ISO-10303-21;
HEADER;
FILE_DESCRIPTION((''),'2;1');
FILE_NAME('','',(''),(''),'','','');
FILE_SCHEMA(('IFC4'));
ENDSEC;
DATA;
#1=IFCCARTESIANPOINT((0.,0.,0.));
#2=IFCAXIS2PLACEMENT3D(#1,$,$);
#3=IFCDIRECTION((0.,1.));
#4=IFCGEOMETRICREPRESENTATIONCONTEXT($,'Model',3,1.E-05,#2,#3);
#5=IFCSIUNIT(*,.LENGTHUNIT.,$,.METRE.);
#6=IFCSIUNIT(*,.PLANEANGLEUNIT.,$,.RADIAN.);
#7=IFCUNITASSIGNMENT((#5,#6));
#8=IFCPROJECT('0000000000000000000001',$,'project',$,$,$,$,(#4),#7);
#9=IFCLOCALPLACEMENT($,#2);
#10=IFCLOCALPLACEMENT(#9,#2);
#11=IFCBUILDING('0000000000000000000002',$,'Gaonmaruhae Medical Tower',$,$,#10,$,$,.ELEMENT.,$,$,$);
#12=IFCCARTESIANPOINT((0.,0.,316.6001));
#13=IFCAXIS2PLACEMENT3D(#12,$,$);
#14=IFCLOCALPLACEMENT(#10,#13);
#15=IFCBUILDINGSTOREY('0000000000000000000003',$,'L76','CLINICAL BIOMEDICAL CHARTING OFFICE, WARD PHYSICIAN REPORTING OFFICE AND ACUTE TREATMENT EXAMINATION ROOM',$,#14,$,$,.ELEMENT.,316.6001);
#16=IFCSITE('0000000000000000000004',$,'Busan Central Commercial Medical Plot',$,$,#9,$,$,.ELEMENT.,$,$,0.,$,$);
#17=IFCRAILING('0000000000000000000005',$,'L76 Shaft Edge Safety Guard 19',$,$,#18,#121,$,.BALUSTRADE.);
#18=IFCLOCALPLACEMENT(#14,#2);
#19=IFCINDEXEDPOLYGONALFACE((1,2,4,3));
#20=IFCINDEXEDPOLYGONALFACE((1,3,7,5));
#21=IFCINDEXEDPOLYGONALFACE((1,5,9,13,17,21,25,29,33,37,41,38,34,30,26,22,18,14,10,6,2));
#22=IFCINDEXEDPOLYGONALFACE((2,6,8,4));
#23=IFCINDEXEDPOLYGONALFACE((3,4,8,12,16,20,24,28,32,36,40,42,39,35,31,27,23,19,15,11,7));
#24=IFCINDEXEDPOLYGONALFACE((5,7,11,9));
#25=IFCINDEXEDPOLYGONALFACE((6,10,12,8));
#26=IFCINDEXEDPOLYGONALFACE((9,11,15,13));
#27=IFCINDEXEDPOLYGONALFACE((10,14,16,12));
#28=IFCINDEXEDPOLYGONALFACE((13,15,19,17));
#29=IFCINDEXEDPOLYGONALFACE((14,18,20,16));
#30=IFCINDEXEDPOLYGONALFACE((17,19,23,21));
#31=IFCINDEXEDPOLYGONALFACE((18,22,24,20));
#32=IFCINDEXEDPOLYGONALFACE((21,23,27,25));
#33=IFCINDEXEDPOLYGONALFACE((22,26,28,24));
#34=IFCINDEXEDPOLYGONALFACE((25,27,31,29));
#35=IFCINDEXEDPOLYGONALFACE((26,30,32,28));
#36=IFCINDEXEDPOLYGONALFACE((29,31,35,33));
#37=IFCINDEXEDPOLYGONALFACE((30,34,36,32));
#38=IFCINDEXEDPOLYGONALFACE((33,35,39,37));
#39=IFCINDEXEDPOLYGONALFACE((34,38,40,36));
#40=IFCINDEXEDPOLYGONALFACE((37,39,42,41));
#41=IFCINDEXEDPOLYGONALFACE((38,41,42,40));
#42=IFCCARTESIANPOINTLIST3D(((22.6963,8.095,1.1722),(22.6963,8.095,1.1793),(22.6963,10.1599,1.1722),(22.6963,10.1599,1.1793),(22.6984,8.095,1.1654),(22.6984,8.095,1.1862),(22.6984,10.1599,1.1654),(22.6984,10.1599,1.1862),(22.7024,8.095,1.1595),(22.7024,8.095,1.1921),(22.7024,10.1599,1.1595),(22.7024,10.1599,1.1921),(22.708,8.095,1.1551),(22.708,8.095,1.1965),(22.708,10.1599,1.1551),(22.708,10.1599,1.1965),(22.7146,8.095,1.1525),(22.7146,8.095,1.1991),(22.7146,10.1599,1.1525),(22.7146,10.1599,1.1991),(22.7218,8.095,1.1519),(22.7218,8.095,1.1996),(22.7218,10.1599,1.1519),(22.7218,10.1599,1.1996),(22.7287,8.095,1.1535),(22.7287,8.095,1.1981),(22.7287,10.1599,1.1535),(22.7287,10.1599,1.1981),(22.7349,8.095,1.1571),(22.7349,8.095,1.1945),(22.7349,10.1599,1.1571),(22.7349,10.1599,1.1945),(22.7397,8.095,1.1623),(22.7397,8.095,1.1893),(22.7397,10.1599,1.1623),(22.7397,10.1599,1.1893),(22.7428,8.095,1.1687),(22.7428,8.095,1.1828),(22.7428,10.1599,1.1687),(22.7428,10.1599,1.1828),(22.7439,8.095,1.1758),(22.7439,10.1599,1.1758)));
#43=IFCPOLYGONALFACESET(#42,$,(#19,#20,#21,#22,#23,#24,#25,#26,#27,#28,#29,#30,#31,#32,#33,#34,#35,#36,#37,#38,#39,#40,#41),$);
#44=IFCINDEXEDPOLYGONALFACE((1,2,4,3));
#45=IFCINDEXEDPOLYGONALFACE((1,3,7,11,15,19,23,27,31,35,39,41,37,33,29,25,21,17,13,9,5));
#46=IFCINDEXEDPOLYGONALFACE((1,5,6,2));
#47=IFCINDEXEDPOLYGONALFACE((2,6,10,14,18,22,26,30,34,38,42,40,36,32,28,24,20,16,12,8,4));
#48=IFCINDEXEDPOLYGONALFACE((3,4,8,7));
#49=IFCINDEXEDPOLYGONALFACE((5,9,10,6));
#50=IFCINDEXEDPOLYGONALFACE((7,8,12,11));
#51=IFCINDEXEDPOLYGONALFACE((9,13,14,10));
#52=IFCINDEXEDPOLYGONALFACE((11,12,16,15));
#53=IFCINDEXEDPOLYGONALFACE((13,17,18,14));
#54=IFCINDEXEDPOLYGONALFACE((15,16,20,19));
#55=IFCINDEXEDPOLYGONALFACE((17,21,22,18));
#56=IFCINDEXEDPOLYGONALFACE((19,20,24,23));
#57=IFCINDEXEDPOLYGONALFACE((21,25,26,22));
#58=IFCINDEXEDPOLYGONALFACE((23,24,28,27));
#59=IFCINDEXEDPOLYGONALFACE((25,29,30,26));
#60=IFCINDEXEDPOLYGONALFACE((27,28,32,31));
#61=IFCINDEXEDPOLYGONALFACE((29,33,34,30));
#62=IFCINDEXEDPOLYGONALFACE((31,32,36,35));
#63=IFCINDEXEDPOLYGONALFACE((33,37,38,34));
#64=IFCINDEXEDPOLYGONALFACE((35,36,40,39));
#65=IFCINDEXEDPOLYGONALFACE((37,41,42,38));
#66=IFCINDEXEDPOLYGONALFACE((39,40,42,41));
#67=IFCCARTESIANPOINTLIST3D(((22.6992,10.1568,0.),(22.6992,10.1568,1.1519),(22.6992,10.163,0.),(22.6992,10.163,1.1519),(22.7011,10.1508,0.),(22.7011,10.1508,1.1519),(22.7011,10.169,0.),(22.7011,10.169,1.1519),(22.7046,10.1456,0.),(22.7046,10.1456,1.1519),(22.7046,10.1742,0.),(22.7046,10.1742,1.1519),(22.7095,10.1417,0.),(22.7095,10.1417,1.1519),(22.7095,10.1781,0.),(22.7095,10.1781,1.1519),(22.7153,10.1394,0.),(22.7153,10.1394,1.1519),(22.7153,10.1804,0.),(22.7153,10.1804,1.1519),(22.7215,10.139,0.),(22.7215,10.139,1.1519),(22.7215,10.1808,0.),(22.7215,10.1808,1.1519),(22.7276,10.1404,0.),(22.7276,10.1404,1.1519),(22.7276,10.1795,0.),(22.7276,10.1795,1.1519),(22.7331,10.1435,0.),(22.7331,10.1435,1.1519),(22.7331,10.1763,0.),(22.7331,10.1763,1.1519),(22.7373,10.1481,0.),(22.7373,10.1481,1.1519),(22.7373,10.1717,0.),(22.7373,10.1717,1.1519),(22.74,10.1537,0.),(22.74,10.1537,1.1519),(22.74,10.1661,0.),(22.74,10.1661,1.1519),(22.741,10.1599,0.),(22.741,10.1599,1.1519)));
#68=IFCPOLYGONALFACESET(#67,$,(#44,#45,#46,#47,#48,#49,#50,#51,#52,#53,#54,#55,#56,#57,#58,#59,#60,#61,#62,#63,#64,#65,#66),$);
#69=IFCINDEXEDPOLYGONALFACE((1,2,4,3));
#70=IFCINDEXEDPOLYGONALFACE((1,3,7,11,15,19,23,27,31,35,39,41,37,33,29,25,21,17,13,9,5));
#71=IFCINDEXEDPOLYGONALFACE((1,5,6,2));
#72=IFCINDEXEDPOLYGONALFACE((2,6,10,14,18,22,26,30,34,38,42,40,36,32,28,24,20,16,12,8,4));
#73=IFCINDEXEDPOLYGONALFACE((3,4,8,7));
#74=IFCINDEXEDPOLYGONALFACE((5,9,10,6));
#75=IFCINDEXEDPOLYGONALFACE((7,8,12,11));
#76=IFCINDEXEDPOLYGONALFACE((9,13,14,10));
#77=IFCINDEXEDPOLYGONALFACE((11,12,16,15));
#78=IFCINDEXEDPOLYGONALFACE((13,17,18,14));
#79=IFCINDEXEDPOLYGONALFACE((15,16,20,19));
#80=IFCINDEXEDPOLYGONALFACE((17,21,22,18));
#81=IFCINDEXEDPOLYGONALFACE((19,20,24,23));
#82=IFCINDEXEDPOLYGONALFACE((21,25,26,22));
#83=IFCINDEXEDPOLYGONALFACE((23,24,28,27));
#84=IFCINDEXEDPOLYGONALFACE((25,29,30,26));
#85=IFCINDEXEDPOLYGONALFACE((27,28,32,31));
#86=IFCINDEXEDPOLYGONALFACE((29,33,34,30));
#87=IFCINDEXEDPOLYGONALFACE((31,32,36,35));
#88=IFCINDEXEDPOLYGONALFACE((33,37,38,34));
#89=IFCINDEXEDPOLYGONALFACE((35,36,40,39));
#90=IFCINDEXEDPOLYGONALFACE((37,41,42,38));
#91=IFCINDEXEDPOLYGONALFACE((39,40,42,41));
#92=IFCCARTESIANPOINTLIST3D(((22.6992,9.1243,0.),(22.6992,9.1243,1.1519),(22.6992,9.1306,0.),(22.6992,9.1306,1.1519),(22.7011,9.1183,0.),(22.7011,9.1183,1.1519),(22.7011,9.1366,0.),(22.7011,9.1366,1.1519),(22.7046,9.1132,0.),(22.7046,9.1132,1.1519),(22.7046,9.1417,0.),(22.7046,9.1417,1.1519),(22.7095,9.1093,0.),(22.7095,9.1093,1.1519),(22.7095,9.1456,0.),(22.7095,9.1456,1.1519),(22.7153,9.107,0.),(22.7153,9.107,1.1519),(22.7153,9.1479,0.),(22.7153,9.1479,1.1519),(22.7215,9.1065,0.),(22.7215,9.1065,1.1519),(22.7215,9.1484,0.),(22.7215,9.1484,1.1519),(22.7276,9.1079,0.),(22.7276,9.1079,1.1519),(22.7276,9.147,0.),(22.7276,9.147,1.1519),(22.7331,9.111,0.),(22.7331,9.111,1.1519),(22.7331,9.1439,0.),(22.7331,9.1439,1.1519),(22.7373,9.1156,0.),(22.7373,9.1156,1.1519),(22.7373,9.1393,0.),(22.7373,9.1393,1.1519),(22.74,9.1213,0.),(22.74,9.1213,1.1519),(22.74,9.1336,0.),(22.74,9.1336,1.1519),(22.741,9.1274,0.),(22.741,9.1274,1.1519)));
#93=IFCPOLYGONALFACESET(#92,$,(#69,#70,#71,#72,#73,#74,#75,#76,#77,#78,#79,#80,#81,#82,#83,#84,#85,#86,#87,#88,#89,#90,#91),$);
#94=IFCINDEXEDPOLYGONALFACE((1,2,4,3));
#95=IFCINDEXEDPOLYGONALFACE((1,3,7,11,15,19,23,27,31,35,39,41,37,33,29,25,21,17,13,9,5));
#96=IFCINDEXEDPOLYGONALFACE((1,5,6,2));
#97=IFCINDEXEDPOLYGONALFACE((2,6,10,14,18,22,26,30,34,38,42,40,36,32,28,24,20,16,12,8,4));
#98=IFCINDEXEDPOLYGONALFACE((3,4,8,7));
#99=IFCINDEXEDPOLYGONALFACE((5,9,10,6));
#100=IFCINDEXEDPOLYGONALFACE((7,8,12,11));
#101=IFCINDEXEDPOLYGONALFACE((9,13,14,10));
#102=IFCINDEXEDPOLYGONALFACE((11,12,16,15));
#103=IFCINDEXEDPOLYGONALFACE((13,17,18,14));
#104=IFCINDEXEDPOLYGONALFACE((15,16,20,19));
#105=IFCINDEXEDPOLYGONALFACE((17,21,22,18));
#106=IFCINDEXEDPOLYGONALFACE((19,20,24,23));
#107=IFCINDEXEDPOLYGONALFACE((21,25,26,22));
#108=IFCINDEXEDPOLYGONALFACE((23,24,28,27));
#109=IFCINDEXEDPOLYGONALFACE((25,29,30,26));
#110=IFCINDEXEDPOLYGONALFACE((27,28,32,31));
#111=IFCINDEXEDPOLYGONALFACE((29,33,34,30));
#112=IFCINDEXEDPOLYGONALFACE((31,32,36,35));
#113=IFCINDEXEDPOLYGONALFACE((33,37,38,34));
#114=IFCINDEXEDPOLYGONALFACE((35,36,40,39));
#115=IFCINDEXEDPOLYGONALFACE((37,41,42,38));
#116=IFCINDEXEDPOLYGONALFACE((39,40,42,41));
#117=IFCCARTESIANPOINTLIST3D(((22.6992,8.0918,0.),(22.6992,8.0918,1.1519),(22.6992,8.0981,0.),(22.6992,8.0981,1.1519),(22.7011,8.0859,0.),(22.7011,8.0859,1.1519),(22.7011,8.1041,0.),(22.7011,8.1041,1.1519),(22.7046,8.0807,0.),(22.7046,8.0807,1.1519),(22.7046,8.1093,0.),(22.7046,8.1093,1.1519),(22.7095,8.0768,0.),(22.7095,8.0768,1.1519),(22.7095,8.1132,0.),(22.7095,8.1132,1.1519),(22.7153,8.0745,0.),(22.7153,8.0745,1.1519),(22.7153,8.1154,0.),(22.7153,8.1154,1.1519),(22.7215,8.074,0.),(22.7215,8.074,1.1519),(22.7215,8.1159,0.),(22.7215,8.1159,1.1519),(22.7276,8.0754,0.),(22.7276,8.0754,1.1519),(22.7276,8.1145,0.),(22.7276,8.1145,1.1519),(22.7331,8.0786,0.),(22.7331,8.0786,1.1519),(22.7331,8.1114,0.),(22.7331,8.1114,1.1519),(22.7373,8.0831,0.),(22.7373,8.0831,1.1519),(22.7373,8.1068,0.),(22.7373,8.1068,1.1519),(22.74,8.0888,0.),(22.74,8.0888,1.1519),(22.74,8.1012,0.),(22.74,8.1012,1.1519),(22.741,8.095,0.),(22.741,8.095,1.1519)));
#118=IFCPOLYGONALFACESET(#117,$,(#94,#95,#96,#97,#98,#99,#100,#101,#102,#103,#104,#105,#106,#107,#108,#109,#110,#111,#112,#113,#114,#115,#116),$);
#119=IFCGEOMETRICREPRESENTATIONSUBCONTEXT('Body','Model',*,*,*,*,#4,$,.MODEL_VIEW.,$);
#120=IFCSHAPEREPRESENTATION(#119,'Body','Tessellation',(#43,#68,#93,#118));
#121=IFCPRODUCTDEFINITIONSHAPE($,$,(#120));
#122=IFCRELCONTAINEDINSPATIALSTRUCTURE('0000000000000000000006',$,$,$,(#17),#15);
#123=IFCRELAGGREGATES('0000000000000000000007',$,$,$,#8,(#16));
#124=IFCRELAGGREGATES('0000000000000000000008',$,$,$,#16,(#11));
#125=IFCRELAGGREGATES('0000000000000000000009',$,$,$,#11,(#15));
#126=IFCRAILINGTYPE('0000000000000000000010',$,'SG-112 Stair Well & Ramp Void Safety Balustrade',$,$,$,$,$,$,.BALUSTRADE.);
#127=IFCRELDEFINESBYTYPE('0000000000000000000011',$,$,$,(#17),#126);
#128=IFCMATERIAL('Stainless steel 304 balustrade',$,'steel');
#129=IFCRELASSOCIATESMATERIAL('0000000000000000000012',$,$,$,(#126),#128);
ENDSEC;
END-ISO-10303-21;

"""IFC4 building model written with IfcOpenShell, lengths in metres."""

from ifc_helpers import new_model, si_unit, direction, frame, origin, origin_2d, place, context, subcontext, project, spatial, circle, extrude, material, type_object, element, save


model = new_model("IFC4")

# Units and contexts
model_context = context("Model", 3, precision=1e-05, world=origin(), true_north=direction((0.0, 1.0)))
body_context = subcontext(model_context, "Body", "Model", "MODEL_VIEW")
ifc_project = project(units=[si_unit("LENGTHUNIT", "METRE"), si_unit("PLANEANGLEUNIT", "RADIAN")], contexts=[model_context])

# Site, building, storey
site_placement = place(None, origin())
site = spatial("IfcSite", under=ifc_project, at=site_placement, Name="Busan Central Commercial Medical Plot", CompositionType="ELEMENT", RefElevation=0.0)
building_placement = place(site_placement, origin())
building = spatial("IfcBuilding", under=site, at=building_placement, Name="Gaonmaruhae Medical Tower", CompositionType="ELEMENT")
storey_placement = place(building_placement, frame((0.0, 0.0, 316.6001)))
storey = spatial("IfcBuildingStorey", under=building, at=storey_placement, Name="L76", Description="CLINICAL BIOMEDICAL CHARTING OFFICE, WARD PHYSICIAN REPORTING OFFICE AND ACUTE TREATMENT EXAMINATION ROOM", CompositionType="ELEMENT", Elevation=316.6001)

# Railing
ifc_material_1 = material(Name="Stainless steel 304 balustrade", Category="steel")
railing_type_1 = type_object("IfcRailingType", Name="SG-112 Stair Well & Ramp Void Safety Balustrade", PredefinedType="BALUSTRADE", material=ifc_material_1)
railing_1_placement = place(storey_placement, frame((22.72, 10.1599, 0.0)))
element("IfcRailing", 1, at=railing_1_placement, inside=storey, type_object=railing_type_1, Name="L76 Shaft Edge Safety Guard 19", PredefinedType="BALUSTRADE", context=body_context, shape_type="SweptSolid", body=[
    extrude(circle(Radius=0.0239, at=origin_2d()), frame((0.0, 0.0, 1.1758), z_axis=(0.0, -1.0, 0.0), x_axis=(1.0, 0.0, 0.0)), (0.0, 0.0, 1.0), 2.0649),
    extrude(circle(Radius=0.021, at=origin_2d()), origin(), (0.0, 0.0, 1.0), 1.1519),
    extrude(circle(Radius=0.021, at=origin_2d()), frame((0.0, -1.0325, 0.0)), (0.0, 0.0, 1.0), 1.1519),
    extrude(circle(Radius=0.021, at=origin_2d()), frame((0.0, -2.0649, 0.0)), (0.0, 0.0, 1.0), 1.1519),
])

save(model, "model.ifc")
